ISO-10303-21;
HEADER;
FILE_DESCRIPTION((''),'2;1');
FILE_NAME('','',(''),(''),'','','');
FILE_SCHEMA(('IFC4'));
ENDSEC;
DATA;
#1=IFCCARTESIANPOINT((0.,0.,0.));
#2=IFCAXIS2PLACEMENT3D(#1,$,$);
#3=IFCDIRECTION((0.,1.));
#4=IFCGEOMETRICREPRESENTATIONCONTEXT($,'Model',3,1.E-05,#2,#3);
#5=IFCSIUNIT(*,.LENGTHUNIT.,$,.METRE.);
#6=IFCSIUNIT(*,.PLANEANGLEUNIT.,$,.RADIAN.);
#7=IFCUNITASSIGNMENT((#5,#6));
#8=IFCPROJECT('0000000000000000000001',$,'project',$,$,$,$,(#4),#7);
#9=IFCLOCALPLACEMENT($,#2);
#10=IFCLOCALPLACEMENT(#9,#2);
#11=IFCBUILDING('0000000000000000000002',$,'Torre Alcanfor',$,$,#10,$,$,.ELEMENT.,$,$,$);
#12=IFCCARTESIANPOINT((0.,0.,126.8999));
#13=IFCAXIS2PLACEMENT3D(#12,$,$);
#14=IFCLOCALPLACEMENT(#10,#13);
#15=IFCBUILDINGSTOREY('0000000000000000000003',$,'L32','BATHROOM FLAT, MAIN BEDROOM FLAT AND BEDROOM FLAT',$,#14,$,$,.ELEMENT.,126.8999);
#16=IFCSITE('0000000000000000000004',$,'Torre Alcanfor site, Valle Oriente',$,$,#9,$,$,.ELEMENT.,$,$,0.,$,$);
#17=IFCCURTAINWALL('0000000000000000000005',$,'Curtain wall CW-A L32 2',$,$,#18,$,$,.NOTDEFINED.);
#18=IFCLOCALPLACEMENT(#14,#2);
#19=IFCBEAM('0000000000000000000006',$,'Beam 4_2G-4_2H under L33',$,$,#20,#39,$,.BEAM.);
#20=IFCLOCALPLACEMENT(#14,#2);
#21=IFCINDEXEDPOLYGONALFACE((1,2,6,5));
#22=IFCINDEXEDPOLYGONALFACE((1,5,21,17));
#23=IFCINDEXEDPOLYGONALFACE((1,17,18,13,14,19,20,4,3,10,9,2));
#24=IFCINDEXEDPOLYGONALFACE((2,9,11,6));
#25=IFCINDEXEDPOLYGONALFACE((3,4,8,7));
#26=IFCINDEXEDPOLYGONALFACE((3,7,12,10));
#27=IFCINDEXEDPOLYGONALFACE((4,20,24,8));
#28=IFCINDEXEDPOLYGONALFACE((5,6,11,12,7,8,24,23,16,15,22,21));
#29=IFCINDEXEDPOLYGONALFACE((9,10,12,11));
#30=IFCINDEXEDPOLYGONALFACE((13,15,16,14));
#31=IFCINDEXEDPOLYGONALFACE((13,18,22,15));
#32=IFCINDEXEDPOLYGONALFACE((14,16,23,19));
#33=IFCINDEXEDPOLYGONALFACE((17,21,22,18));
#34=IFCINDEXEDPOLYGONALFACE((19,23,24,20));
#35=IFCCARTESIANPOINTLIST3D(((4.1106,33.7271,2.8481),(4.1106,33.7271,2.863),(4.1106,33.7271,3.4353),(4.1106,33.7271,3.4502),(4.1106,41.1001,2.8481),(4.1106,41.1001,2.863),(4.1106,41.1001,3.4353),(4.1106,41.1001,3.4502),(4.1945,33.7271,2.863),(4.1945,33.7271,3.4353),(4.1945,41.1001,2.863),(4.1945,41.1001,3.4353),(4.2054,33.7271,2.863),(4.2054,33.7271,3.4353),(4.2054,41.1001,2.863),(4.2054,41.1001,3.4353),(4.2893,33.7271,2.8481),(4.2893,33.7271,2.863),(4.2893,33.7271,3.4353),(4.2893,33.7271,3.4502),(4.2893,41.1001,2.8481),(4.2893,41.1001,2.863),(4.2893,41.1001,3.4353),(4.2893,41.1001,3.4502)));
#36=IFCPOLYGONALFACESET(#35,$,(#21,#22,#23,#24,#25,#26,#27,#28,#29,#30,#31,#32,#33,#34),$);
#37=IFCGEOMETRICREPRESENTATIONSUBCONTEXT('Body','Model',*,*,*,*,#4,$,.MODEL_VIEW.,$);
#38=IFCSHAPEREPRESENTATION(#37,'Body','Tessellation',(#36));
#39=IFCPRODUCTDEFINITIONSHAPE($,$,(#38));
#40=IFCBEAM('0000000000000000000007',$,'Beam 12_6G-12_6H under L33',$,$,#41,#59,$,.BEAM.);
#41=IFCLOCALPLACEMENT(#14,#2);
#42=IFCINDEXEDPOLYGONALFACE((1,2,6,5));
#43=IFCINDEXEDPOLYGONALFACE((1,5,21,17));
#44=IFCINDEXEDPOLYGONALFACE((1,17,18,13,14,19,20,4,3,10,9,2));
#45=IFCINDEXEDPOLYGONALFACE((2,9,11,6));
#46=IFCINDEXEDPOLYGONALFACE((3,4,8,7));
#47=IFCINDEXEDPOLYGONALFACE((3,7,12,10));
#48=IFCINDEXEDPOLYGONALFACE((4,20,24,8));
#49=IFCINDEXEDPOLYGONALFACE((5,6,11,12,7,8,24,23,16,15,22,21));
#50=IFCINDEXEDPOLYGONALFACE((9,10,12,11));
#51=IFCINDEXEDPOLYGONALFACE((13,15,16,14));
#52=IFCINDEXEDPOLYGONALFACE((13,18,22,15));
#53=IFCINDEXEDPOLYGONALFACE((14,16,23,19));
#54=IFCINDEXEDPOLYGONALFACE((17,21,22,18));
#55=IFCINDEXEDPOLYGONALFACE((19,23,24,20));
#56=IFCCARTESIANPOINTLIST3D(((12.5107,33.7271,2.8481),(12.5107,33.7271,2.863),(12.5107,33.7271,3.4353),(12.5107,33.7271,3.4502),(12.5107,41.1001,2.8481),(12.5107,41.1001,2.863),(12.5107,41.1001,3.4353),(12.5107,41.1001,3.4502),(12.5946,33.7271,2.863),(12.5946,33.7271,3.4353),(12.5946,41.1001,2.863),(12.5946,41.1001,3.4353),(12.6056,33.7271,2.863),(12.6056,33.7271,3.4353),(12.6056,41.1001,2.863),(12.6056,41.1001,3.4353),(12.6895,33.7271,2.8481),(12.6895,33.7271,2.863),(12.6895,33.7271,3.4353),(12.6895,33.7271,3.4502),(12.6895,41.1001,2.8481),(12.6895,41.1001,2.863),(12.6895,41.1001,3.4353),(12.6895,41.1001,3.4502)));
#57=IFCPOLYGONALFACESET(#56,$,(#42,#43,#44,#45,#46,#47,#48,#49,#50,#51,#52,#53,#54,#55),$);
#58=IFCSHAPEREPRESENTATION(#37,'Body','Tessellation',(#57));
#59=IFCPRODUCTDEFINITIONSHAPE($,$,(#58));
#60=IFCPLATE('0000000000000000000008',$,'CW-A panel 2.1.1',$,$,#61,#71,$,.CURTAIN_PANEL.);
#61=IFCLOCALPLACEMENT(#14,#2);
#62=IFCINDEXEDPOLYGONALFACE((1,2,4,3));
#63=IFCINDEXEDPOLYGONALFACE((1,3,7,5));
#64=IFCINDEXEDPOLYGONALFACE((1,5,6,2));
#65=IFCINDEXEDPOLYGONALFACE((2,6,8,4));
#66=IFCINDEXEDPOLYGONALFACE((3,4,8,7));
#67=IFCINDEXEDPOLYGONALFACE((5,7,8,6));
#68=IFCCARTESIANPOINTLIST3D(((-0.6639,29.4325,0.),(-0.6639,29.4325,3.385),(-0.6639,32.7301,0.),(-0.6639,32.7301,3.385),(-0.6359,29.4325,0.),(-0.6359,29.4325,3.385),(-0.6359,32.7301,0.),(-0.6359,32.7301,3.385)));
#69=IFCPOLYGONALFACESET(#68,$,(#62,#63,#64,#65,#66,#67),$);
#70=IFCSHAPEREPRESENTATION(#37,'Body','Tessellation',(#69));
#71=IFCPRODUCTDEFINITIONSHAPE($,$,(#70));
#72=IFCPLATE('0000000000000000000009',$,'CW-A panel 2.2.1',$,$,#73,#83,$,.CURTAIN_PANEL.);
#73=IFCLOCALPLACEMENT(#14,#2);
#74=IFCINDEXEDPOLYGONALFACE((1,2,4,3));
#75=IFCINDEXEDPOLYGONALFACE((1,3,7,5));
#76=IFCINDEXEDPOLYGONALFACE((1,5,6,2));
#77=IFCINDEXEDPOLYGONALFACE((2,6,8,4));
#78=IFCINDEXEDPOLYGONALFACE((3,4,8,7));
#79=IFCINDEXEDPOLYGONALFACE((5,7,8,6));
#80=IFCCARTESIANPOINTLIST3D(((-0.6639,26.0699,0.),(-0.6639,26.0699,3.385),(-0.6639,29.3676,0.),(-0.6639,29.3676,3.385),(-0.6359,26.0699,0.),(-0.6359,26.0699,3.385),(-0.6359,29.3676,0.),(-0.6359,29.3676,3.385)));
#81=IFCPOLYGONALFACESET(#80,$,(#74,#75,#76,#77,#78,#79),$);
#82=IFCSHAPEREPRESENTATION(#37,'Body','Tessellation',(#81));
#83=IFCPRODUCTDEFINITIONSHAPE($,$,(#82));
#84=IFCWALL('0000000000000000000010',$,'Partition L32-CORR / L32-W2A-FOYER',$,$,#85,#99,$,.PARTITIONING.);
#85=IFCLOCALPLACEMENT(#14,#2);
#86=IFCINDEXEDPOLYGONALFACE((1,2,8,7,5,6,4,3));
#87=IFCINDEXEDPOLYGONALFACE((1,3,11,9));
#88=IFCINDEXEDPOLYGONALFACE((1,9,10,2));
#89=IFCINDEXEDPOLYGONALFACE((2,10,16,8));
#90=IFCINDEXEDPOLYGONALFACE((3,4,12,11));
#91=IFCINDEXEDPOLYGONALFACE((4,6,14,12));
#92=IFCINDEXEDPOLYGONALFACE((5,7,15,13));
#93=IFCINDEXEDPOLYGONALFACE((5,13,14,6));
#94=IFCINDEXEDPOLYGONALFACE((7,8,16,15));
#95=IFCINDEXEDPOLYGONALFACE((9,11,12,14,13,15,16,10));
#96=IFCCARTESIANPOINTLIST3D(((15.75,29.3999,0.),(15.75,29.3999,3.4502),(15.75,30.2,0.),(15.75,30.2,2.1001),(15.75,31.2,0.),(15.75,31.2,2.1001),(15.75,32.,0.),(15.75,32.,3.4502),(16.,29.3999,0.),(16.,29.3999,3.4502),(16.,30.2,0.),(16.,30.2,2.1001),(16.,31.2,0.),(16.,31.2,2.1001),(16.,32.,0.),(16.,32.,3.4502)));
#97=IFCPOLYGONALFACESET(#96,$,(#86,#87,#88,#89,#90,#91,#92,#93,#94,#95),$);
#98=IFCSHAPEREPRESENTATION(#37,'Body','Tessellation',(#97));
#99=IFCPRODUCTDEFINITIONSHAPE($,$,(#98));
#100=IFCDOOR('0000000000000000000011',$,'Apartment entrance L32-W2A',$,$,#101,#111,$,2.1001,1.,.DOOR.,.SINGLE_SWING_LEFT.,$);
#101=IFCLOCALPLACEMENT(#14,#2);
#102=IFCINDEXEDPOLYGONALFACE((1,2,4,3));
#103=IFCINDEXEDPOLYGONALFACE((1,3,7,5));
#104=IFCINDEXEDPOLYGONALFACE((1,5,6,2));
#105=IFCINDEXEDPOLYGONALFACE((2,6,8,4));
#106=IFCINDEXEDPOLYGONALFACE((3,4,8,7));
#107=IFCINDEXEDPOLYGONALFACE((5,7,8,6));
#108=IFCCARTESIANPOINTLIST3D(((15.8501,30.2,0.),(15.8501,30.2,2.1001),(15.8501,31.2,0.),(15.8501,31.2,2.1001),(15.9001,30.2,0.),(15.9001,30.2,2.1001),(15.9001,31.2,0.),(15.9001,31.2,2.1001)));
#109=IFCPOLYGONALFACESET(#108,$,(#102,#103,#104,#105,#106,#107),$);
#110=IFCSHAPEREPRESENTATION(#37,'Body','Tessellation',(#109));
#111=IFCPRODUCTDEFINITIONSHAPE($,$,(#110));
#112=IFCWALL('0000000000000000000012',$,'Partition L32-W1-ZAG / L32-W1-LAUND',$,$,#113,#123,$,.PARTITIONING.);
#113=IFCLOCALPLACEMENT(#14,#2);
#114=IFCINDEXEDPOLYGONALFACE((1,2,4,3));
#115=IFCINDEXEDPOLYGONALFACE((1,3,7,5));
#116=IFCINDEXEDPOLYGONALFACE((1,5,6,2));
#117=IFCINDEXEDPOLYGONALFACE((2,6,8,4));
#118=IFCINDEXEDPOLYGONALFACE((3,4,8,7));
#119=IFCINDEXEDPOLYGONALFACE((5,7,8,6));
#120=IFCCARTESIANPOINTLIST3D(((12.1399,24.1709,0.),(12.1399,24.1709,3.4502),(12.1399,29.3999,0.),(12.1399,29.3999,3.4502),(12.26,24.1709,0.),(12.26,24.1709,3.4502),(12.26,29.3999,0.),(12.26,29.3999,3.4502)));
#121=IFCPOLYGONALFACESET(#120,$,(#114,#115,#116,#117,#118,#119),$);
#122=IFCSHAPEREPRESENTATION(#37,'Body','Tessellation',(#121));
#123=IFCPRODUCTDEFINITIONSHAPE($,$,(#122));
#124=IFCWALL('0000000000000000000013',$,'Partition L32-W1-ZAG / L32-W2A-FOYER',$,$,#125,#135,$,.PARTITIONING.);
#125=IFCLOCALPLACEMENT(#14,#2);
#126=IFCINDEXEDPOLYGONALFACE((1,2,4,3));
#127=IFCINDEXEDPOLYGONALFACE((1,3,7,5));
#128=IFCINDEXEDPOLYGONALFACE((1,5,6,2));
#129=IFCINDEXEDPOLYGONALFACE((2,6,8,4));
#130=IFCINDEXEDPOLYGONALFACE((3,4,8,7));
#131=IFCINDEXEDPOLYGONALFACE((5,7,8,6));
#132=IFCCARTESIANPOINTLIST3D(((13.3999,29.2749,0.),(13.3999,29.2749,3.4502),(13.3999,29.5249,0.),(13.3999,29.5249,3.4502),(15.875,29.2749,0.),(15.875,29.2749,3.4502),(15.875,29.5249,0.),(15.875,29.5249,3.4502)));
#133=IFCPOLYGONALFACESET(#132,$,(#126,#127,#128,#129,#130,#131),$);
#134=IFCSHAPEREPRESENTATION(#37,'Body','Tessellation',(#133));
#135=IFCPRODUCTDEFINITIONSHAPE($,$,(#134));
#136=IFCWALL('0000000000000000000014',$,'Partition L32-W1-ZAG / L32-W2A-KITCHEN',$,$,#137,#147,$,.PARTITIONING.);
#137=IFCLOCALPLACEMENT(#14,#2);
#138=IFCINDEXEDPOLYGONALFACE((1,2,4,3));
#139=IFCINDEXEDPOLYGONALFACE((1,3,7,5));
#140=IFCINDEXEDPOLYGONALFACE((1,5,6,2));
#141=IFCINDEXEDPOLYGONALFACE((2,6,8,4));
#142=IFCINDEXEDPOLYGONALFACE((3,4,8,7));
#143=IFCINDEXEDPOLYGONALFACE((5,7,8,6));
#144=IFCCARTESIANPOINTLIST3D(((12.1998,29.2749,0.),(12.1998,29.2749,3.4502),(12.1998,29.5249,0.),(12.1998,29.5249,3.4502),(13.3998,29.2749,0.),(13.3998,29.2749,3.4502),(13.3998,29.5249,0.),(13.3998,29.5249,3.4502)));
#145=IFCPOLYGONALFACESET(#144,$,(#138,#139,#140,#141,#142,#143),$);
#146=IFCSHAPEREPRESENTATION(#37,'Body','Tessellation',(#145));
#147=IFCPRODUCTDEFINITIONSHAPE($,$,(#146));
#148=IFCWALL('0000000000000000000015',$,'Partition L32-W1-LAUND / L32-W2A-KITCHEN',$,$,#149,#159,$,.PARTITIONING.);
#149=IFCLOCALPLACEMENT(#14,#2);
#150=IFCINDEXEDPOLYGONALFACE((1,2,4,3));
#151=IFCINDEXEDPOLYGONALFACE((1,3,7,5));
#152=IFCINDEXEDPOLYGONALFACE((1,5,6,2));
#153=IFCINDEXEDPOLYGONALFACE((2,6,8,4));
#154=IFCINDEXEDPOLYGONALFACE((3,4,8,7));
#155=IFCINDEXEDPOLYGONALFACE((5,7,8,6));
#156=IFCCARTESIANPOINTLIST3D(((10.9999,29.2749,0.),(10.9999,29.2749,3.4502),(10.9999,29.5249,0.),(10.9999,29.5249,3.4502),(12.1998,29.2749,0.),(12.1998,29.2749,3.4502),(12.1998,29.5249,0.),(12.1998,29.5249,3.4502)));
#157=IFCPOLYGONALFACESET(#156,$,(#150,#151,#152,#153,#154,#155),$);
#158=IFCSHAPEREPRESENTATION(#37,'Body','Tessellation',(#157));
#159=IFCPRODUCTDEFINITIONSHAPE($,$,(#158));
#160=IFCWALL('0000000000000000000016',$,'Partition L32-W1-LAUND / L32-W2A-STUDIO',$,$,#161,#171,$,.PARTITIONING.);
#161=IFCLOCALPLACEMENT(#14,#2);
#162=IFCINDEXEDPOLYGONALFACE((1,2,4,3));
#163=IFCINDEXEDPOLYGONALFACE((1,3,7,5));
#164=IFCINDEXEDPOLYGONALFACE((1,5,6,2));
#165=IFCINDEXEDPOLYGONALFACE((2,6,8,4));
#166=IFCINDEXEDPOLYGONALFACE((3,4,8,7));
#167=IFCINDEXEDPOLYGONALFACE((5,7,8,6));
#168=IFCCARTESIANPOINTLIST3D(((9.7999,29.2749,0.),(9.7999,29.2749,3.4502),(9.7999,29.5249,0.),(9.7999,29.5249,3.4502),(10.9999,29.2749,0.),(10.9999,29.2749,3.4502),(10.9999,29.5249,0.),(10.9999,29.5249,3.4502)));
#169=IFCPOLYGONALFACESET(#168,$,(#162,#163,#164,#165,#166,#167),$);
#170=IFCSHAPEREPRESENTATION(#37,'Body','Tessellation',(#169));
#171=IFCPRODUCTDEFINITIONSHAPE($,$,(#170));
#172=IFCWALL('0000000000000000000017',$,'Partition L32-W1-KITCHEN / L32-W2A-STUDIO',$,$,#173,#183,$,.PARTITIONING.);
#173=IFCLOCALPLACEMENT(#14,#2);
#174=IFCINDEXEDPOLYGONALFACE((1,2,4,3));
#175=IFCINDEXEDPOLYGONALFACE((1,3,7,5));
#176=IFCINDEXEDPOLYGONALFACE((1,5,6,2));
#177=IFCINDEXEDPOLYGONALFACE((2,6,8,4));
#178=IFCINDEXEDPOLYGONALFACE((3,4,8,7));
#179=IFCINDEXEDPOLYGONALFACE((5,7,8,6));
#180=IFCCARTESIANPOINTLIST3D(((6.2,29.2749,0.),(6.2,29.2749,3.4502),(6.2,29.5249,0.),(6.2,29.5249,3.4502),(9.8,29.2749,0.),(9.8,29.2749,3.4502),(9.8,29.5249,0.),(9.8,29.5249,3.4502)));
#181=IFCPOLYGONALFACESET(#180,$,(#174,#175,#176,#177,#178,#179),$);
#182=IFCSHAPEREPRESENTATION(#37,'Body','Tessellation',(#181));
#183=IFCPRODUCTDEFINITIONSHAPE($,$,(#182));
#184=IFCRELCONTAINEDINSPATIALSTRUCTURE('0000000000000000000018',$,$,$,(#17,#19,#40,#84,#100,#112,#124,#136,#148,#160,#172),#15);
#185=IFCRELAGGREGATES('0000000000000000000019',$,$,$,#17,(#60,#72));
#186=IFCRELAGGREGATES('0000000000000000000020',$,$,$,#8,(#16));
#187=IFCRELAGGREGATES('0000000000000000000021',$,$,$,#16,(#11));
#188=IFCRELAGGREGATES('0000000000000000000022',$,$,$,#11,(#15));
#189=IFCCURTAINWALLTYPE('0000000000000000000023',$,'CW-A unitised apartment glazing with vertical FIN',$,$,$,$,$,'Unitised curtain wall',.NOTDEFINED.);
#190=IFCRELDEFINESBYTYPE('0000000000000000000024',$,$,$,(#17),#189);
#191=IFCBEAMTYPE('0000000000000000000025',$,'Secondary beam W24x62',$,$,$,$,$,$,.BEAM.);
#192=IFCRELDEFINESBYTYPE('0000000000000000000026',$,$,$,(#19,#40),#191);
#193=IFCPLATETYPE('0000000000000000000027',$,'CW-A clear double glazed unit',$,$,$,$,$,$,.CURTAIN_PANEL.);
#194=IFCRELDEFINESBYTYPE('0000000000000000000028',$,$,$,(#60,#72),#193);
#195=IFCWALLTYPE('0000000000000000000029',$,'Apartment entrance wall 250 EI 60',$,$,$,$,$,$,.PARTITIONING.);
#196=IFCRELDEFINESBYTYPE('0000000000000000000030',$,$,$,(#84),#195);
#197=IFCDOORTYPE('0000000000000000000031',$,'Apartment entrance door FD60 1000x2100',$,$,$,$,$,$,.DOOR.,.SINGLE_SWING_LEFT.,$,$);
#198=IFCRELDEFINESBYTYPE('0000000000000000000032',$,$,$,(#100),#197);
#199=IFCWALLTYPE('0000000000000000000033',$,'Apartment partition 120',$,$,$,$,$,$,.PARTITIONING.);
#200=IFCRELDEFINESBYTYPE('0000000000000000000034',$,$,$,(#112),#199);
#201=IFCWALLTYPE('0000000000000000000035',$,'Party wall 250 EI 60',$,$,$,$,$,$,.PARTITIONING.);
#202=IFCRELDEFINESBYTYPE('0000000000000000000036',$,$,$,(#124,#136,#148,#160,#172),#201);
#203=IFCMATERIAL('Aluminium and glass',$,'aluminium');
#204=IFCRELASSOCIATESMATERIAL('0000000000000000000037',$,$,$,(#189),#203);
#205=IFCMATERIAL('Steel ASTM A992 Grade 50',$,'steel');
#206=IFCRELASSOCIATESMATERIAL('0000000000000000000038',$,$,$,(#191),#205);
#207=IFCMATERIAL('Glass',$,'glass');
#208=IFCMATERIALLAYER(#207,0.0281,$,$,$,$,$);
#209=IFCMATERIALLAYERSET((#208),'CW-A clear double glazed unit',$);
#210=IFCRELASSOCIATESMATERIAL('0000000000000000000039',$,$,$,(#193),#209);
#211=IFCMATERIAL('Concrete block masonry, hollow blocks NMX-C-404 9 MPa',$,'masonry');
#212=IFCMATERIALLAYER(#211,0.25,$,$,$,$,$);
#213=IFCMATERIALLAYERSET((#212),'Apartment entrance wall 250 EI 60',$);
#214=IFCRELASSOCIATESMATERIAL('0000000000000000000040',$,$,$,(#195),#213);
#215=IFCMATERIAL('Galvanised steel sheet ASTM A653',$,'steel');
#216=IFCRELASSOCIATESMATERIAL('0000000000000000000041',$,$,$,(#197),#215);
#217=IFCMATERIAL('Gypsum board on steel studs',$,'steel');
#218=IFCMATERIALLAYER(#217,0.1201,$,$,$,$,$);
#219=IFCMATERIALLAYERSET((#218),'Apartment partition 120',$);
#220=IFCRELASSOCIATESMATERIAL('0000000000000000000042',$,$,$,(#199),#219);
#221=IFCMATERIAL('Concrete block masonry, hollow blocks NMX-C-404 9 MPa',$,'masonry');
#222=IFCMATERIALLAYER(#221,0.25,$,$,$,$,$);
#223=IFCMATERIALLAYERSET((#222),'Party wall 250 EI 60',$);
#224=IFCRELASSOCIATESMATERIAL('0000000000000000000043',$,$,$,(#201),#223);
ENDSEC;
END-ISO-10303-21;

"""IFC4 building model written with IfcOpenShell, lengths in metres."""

from ifc_helpers import new_model, si_unit, direction, frame, frame_2d, origin, origin_2d, place, context, subcontext, project, spatial, rectangle, i_section, extrude, material, layer, layer_set, material_profile, profile_set, type_object, element, fill, aggregate, save


model = new_model("IFC4")

# Units and contexts
model_context = context("Model", 3, precision=1e-05, world=origin(), true_north=direction((0.0, 1.0)))
body_context = subcontext(model_context, "Body", "Model", "MODEL_VIEW")
ifc_project = project(units=[si_unit("LENGTHUNIT", "METRE"), si_unit("PLANEANGLEUNIT", "RADIAN")], contexts=[model_context])

# Site, building, storey
site_placement = place(None, origin())
site = spatial("IfcSite", under=ifc_project, at=site_placement, Name="Torre Alcanfor site, Valle Oriente", CompositionType="ELEMENT", RefElevation=0.0)
building_placement = place(site_placement, origin())
building = spatial("IfcBuilding", under=site, at=building_placement, Name="Torre Alcanfor", CompositionType="ELEMENT")
storey_placement = place(building_placement, frame((0.0, 0.0, 126.8999)))
storey = spatial("IfcBuildingStorey", under=building, at=storey_placement, Name="L32", Description="BATHROOM FLAT, MAIN BEDROOM FLAT AND BEDROOM FLAT", CompositionType="ELEMENT", Elevation=126.8999)

# Curtain wall
ifc_material_1 = material(Name="Aluminium and glass", Category="aluminium")
curtain_wall_type = type_object("IfcCurtainWallType", Name="CW-A unitised apartment glazing with vertical FIN", ElementType="Unitised curtain wall", PredefinedType="NOTDEFINED", material=ifc_material_1)
curtain_wall_placement = place(storey_placement, origin())
curtain_wall = element("IfcCurtainWall", 1, at=curtain_wall_placement, inside=storey, type_object=curtain_wall_type, Name="Curtain wall CW-A L32 2", PredefinedType="NOTDEFINED")

# Beams
ifc_material_2 = material(Name="Steel ASTM A992 Grade 50", Category="steel")
ifc_material_profile_1 = material_profile(ifc_material_2, i_section(OverallWidth=0.1787, OverallDepth=0.6021, WebThickness=0.011, FlangeThickness=0.0149, at=origin_2d()), Name="W24x62")
ifc_profile_set_1 = profile_set([ifc_material_profile_1], Name="Steel ASTM A992 Grade 50")
beam_type_1 = type_object("IfcBeamType", Name="Secondary beam W24x62", PredefinedType="BEAM", material=ifc_profile_set_1)
for number, where, z_axis, x_axis, name in (
    (2, (4.2, 33.7271, 3.1492), (0.0, 1.0, 0.0), (-1.0, 0.0, 0.0), "Beam 4_2G-4_2H under L33"),
    (3, (12.6001, 33.7271, 3.1492), (0.0, 1.0, 0.0), (-1.0, 0.0, 0.0), "Beam 12_6G-12_6H under L33"),
):
    element("IfcBeam", number, at=place(storey_placement, frame(where, z_axis=z_axis, x_axis=x_axis)), inside=storey, type_object=beam_type_1, Name=name, PredefinedType="BEAM", context=body_context, shape_type="SweptSolid", body=[
        extrude(i_section(OverallWidth=0.1787, OverallDepth=0.6021, WebThickness=0.011, FlangeThickness=0.0149, at=origin_2d()), origin(), (0.0, 0.0, 1.0), 7.373),
    ])

# Plates
ifc_material_3 = material(Name="Glass", Category="glass")
ifc_layer_1 = layer(ifc_material_3, 0.0281)
ifc_layer_set_1 = layer_set([ifc_layer_1], Name="CW-A clear double glazed unit")
plate_type = type_object("IfcPlateType", Name="CW-A clear double glazed unit", PredefinedType="CURTAIN_PANEL", material=ifc_layer_set_1)
plate_1_placement = place(storey_placement, frame((-0.6499, 31.0813, 0.0), z_axis=(0.0, 0.0, 1.0), x_axis=(0.0, -1.0, 0.0)))
plate_1 = element("IfcPlate", 4, at=plate_1_placement, type_object=plate_type, Name="CW-A panel 2.1.1", PredefinedType="CURTAIN_PANEL", context=body_context, shape_type="SweptSolid", body=[
    extrude(rectangle(XDim=3.2976, YDim=0.0281, at=origin_2d()), origin(), (0.0, 0.0, 1.0), 3.385),
])
plate_2_placement = place(storey_placement, frame((-0.6499, 27.7188, 0.0), z_axis=(0.0, 0.0, 1.0), x_axis=(0.0, -1.0, 0.0)))
plate_2 = element("IfcPlate", 5, at=plate_2_placement, type_object=plate_type, Name="CW-A panel 2.2.1", PredefinedType="CURTAIN_PANEL", context=body_context, shape_type="SweptSolid", body=[
    extrude(rectangle(XDim=3.2976, YDim=0.0281, at=origin_2d()), origin(), (0.0, 0.0, 1.0), 3.385),
])
aggregate(curtain_wall, [plate_1, plate_2])

# Wall, opening, door
ifc_material_4 = material(Name="Concrete block masonry, hollow blocks NMX-C-404 9 MPa", Category="masonry")
ifc_layer_2 = layer(ifc_material_4, 0.25)
ifc_layer_set_2 = layer_set([ifc_layer_2], Name="Apartment entrance wall 250 EI 60")
wall_type_1 = type_object("IfcWallType", Name="Apartment entrance wall 250 EI 60", PredefinedType="PARTITIONING", material=ifc_layer_set_2)
wall_1_placement = place(storey_placement, frame((15.875, 29.3999, 0.0), z_axis=(0.0, 0.0, 1.0), x_axis=(0.0, 1.0, 0.0)))
wall_1 = element("IfcWall", 6, at=wall_1_placement, inside=storey, type_object=wall_type_1, Name="Partition L32-CORR / L32-W2A-FOYER", PredefinedType="PARTITIONING", context=body_context, shape_type="SweptSolid", body=[
    extrude(rectangle(XDim=2.6001, YDim=0.25, at=frame_2d((1.3, 0.0))), origin(), (0.0, 0.0, 1.0), 3.4502),
])
opening_1_placement = place(wall_1_placement, frame((0.8, 0.0, 0.0)))
opening_1 = element("IfcOpeningElement", 7, at=opening_1_placement, cuts=wall_1, PredefinedType="OPENING", context=body_context, shape_type="SweptSolid", body=[
    extrude(rectangle(XDim=1.0, YDim=2.1001, at=frame_2d((0.5, 1.05))), frame((0.0, 0.135, 0.0), z_axis=(0.0, -1.0, 0.0), x_axis=(1.0, 0.0, 0.0)), (0.0, 0.0, 1.0), 0.27),
])
ifc_material_5 = material(Name="Galvanised steel sheet ASTM A653", Category="steel")
door_type_1 = type_object("IfcDoorType", Name="Apartment entrance door FD60 1000x2100", OperationType="SINGLE_SWING_LEFT", PredefinedType="DOOR", material=ifc_material_5)
door_1_placement = place(opening_1_placement, origin())
door_1 = element("IfcDoor", 8, at=door_1_placement, inside=storey, type_object=door_type_1, Name="Apartment entrance L32-W2A", OperationType="SINGLE_SWING_LEFT", OverallHeight=2.1001, OverallWidth=1.0, PredefinedType="DOOR", context=body_context, shape_type="SweptSolid", body=[
    extrude(rectangle(XDim=1.0, YDim=2.1001, at=frame_2d((0.5, 1.05))), frame((0.0, 0.0249, 0.0), z_axis=(0.0, -1.0, 0.0), x_axis=(1.0, 0.0, 0.0)), (0.0, 0.0, 1.0), 0.05),
])
fill(opening_1, door_1)

# Walls
ifc_material_6 = material(Name="Gypsum board on steel studs", Category="steel")
ifc_layer_3 = layer(ifc_material_6, 0.1201)
ifc_layer_set_3 = layer_set([ifc_layer_3], Name="Apartment partition 120")
wall_type_2 = type_object("IfcWallType", Name="Apartment partition 120", PredefinedType="PARTITIONING", material=ifc_layer_set_3)
wall_2_placement = place(storey_placement, frame((12.2, 29.3999, 0.0), z_axis=(0.0, 0.0, 1.0), x_axis=(0.0, -1.0, 0.0)))
element("IfcWall", 9, at=wall_2_placement, inside=storey, type_object=wall_type_2, Name="Partition L32-W1-ZAG / L32-W1-LAUND", PredefinedType="PARTITIONING", context=body_context, shape_type="SweptSolid", body=[
    extrude(rectangle(XDim=5.229, YDim=0.1201, at=frame_2d((2.6145, 0.0))), origin(), (0.0, 0.0, 1.0), 3.4502),
])
ifc_material_7 = material(Name="Concrete block masonry, hollow blocks NMX-C-404 9 MPa", Category="masonry")
ifc_layer_4 = layer(ifc_material_7, 0.25)
ifc_layer_set_4 = layer_set([ifc_layer_4], Name="Party wall 250 EI 60")
wall_type_3 = type_object("IfcWallType", Name="Party wall 250 EI 60", PredefinedType="PARTITIONING", material=ifc_layer_set_4)
wall_3_placement = place(storey_placement, frame((15.875, 29.3999, 0.0), z_axis=(0.0, 0.0, 1.0), x_axis=(-1.0, 0.0, 0.0)))
element("IfcWall", 10, at=wall_3_placement, inside=storey, type_object=wall_type_3, Name="Partition L32-W1-ZAG / L32-W2A-FOYER", PredefinedType="PARTITIONING", context=body_context, shape_type="SweptSolid", body=[
    extrude(rectangle(XDim=2.4751, YDim=0.25, at=frame_2d((1.2375, 0.0))), origin(), (0.0, 0.0, 1.0), 3.4502),
])
for number, where, z_axis, x_axis, name in (
    (11, (13.3999, 29.3999, 0.0), (0.0, 0.0, 1.0), (-1.0, 0.0, 0.0), "Partition L32-W1-ZAG / L32-W2A-KITCHEN"),
    (12, (12.2, 29.3999, 0.0), (0.0, 0.0, 1.0), (-1.0, 0.0, 0.0), "Partition L32-W1-LAUND / L32-W2A-KITCHEN"),
    (13, (11.0, 29.3999, 0.0), (0.0, 0.0, 1.0), (-1.0, 0.0, 0.0), "Partition L32-W1-LAUND / L32-W2A-STUDIO"),
):
    element("IfcWall", number, at=place(storey_placement, frame(where, z_axis=z_axis, x_axis=x_axis)), inside=storey, type_object=wall_type_3, Name=name, PredefinedType="PARTITIONING", context=body_context, shape_type="SweptSolid", body=[
        extrude(rectangle(XDim=1.2, YDim=0.25, at=frame_2d((0.6001, 0.0))), origin(), (0.0, 0.0, 1.0), 3.4502),
    ])
wall_4_placement = place(storey_placement, frame((9.8, 29.3999, 0.0), z_axis=(0.0, 0.0, 1.0), x_axis=(-1.0, 0.0, 0.0)))
element("IfcWall", 14, at=wall_4_placement, inside=storey, type_object=wall_type_3, Name="Partition L32-W1-KITCHEN / L32-W2A-STUDIO", PredefinedType="PARTITIONING", context=body_context, shape_type="SweptSolid", body=[
    extrude(rectangle(XDim=3.6001, YDim=0.25, at=frame_2d((1.8, 0.0))), origin(), (0.0, 0.0, 1.0), 3.4502),
])

save(model, "model.ifc")
